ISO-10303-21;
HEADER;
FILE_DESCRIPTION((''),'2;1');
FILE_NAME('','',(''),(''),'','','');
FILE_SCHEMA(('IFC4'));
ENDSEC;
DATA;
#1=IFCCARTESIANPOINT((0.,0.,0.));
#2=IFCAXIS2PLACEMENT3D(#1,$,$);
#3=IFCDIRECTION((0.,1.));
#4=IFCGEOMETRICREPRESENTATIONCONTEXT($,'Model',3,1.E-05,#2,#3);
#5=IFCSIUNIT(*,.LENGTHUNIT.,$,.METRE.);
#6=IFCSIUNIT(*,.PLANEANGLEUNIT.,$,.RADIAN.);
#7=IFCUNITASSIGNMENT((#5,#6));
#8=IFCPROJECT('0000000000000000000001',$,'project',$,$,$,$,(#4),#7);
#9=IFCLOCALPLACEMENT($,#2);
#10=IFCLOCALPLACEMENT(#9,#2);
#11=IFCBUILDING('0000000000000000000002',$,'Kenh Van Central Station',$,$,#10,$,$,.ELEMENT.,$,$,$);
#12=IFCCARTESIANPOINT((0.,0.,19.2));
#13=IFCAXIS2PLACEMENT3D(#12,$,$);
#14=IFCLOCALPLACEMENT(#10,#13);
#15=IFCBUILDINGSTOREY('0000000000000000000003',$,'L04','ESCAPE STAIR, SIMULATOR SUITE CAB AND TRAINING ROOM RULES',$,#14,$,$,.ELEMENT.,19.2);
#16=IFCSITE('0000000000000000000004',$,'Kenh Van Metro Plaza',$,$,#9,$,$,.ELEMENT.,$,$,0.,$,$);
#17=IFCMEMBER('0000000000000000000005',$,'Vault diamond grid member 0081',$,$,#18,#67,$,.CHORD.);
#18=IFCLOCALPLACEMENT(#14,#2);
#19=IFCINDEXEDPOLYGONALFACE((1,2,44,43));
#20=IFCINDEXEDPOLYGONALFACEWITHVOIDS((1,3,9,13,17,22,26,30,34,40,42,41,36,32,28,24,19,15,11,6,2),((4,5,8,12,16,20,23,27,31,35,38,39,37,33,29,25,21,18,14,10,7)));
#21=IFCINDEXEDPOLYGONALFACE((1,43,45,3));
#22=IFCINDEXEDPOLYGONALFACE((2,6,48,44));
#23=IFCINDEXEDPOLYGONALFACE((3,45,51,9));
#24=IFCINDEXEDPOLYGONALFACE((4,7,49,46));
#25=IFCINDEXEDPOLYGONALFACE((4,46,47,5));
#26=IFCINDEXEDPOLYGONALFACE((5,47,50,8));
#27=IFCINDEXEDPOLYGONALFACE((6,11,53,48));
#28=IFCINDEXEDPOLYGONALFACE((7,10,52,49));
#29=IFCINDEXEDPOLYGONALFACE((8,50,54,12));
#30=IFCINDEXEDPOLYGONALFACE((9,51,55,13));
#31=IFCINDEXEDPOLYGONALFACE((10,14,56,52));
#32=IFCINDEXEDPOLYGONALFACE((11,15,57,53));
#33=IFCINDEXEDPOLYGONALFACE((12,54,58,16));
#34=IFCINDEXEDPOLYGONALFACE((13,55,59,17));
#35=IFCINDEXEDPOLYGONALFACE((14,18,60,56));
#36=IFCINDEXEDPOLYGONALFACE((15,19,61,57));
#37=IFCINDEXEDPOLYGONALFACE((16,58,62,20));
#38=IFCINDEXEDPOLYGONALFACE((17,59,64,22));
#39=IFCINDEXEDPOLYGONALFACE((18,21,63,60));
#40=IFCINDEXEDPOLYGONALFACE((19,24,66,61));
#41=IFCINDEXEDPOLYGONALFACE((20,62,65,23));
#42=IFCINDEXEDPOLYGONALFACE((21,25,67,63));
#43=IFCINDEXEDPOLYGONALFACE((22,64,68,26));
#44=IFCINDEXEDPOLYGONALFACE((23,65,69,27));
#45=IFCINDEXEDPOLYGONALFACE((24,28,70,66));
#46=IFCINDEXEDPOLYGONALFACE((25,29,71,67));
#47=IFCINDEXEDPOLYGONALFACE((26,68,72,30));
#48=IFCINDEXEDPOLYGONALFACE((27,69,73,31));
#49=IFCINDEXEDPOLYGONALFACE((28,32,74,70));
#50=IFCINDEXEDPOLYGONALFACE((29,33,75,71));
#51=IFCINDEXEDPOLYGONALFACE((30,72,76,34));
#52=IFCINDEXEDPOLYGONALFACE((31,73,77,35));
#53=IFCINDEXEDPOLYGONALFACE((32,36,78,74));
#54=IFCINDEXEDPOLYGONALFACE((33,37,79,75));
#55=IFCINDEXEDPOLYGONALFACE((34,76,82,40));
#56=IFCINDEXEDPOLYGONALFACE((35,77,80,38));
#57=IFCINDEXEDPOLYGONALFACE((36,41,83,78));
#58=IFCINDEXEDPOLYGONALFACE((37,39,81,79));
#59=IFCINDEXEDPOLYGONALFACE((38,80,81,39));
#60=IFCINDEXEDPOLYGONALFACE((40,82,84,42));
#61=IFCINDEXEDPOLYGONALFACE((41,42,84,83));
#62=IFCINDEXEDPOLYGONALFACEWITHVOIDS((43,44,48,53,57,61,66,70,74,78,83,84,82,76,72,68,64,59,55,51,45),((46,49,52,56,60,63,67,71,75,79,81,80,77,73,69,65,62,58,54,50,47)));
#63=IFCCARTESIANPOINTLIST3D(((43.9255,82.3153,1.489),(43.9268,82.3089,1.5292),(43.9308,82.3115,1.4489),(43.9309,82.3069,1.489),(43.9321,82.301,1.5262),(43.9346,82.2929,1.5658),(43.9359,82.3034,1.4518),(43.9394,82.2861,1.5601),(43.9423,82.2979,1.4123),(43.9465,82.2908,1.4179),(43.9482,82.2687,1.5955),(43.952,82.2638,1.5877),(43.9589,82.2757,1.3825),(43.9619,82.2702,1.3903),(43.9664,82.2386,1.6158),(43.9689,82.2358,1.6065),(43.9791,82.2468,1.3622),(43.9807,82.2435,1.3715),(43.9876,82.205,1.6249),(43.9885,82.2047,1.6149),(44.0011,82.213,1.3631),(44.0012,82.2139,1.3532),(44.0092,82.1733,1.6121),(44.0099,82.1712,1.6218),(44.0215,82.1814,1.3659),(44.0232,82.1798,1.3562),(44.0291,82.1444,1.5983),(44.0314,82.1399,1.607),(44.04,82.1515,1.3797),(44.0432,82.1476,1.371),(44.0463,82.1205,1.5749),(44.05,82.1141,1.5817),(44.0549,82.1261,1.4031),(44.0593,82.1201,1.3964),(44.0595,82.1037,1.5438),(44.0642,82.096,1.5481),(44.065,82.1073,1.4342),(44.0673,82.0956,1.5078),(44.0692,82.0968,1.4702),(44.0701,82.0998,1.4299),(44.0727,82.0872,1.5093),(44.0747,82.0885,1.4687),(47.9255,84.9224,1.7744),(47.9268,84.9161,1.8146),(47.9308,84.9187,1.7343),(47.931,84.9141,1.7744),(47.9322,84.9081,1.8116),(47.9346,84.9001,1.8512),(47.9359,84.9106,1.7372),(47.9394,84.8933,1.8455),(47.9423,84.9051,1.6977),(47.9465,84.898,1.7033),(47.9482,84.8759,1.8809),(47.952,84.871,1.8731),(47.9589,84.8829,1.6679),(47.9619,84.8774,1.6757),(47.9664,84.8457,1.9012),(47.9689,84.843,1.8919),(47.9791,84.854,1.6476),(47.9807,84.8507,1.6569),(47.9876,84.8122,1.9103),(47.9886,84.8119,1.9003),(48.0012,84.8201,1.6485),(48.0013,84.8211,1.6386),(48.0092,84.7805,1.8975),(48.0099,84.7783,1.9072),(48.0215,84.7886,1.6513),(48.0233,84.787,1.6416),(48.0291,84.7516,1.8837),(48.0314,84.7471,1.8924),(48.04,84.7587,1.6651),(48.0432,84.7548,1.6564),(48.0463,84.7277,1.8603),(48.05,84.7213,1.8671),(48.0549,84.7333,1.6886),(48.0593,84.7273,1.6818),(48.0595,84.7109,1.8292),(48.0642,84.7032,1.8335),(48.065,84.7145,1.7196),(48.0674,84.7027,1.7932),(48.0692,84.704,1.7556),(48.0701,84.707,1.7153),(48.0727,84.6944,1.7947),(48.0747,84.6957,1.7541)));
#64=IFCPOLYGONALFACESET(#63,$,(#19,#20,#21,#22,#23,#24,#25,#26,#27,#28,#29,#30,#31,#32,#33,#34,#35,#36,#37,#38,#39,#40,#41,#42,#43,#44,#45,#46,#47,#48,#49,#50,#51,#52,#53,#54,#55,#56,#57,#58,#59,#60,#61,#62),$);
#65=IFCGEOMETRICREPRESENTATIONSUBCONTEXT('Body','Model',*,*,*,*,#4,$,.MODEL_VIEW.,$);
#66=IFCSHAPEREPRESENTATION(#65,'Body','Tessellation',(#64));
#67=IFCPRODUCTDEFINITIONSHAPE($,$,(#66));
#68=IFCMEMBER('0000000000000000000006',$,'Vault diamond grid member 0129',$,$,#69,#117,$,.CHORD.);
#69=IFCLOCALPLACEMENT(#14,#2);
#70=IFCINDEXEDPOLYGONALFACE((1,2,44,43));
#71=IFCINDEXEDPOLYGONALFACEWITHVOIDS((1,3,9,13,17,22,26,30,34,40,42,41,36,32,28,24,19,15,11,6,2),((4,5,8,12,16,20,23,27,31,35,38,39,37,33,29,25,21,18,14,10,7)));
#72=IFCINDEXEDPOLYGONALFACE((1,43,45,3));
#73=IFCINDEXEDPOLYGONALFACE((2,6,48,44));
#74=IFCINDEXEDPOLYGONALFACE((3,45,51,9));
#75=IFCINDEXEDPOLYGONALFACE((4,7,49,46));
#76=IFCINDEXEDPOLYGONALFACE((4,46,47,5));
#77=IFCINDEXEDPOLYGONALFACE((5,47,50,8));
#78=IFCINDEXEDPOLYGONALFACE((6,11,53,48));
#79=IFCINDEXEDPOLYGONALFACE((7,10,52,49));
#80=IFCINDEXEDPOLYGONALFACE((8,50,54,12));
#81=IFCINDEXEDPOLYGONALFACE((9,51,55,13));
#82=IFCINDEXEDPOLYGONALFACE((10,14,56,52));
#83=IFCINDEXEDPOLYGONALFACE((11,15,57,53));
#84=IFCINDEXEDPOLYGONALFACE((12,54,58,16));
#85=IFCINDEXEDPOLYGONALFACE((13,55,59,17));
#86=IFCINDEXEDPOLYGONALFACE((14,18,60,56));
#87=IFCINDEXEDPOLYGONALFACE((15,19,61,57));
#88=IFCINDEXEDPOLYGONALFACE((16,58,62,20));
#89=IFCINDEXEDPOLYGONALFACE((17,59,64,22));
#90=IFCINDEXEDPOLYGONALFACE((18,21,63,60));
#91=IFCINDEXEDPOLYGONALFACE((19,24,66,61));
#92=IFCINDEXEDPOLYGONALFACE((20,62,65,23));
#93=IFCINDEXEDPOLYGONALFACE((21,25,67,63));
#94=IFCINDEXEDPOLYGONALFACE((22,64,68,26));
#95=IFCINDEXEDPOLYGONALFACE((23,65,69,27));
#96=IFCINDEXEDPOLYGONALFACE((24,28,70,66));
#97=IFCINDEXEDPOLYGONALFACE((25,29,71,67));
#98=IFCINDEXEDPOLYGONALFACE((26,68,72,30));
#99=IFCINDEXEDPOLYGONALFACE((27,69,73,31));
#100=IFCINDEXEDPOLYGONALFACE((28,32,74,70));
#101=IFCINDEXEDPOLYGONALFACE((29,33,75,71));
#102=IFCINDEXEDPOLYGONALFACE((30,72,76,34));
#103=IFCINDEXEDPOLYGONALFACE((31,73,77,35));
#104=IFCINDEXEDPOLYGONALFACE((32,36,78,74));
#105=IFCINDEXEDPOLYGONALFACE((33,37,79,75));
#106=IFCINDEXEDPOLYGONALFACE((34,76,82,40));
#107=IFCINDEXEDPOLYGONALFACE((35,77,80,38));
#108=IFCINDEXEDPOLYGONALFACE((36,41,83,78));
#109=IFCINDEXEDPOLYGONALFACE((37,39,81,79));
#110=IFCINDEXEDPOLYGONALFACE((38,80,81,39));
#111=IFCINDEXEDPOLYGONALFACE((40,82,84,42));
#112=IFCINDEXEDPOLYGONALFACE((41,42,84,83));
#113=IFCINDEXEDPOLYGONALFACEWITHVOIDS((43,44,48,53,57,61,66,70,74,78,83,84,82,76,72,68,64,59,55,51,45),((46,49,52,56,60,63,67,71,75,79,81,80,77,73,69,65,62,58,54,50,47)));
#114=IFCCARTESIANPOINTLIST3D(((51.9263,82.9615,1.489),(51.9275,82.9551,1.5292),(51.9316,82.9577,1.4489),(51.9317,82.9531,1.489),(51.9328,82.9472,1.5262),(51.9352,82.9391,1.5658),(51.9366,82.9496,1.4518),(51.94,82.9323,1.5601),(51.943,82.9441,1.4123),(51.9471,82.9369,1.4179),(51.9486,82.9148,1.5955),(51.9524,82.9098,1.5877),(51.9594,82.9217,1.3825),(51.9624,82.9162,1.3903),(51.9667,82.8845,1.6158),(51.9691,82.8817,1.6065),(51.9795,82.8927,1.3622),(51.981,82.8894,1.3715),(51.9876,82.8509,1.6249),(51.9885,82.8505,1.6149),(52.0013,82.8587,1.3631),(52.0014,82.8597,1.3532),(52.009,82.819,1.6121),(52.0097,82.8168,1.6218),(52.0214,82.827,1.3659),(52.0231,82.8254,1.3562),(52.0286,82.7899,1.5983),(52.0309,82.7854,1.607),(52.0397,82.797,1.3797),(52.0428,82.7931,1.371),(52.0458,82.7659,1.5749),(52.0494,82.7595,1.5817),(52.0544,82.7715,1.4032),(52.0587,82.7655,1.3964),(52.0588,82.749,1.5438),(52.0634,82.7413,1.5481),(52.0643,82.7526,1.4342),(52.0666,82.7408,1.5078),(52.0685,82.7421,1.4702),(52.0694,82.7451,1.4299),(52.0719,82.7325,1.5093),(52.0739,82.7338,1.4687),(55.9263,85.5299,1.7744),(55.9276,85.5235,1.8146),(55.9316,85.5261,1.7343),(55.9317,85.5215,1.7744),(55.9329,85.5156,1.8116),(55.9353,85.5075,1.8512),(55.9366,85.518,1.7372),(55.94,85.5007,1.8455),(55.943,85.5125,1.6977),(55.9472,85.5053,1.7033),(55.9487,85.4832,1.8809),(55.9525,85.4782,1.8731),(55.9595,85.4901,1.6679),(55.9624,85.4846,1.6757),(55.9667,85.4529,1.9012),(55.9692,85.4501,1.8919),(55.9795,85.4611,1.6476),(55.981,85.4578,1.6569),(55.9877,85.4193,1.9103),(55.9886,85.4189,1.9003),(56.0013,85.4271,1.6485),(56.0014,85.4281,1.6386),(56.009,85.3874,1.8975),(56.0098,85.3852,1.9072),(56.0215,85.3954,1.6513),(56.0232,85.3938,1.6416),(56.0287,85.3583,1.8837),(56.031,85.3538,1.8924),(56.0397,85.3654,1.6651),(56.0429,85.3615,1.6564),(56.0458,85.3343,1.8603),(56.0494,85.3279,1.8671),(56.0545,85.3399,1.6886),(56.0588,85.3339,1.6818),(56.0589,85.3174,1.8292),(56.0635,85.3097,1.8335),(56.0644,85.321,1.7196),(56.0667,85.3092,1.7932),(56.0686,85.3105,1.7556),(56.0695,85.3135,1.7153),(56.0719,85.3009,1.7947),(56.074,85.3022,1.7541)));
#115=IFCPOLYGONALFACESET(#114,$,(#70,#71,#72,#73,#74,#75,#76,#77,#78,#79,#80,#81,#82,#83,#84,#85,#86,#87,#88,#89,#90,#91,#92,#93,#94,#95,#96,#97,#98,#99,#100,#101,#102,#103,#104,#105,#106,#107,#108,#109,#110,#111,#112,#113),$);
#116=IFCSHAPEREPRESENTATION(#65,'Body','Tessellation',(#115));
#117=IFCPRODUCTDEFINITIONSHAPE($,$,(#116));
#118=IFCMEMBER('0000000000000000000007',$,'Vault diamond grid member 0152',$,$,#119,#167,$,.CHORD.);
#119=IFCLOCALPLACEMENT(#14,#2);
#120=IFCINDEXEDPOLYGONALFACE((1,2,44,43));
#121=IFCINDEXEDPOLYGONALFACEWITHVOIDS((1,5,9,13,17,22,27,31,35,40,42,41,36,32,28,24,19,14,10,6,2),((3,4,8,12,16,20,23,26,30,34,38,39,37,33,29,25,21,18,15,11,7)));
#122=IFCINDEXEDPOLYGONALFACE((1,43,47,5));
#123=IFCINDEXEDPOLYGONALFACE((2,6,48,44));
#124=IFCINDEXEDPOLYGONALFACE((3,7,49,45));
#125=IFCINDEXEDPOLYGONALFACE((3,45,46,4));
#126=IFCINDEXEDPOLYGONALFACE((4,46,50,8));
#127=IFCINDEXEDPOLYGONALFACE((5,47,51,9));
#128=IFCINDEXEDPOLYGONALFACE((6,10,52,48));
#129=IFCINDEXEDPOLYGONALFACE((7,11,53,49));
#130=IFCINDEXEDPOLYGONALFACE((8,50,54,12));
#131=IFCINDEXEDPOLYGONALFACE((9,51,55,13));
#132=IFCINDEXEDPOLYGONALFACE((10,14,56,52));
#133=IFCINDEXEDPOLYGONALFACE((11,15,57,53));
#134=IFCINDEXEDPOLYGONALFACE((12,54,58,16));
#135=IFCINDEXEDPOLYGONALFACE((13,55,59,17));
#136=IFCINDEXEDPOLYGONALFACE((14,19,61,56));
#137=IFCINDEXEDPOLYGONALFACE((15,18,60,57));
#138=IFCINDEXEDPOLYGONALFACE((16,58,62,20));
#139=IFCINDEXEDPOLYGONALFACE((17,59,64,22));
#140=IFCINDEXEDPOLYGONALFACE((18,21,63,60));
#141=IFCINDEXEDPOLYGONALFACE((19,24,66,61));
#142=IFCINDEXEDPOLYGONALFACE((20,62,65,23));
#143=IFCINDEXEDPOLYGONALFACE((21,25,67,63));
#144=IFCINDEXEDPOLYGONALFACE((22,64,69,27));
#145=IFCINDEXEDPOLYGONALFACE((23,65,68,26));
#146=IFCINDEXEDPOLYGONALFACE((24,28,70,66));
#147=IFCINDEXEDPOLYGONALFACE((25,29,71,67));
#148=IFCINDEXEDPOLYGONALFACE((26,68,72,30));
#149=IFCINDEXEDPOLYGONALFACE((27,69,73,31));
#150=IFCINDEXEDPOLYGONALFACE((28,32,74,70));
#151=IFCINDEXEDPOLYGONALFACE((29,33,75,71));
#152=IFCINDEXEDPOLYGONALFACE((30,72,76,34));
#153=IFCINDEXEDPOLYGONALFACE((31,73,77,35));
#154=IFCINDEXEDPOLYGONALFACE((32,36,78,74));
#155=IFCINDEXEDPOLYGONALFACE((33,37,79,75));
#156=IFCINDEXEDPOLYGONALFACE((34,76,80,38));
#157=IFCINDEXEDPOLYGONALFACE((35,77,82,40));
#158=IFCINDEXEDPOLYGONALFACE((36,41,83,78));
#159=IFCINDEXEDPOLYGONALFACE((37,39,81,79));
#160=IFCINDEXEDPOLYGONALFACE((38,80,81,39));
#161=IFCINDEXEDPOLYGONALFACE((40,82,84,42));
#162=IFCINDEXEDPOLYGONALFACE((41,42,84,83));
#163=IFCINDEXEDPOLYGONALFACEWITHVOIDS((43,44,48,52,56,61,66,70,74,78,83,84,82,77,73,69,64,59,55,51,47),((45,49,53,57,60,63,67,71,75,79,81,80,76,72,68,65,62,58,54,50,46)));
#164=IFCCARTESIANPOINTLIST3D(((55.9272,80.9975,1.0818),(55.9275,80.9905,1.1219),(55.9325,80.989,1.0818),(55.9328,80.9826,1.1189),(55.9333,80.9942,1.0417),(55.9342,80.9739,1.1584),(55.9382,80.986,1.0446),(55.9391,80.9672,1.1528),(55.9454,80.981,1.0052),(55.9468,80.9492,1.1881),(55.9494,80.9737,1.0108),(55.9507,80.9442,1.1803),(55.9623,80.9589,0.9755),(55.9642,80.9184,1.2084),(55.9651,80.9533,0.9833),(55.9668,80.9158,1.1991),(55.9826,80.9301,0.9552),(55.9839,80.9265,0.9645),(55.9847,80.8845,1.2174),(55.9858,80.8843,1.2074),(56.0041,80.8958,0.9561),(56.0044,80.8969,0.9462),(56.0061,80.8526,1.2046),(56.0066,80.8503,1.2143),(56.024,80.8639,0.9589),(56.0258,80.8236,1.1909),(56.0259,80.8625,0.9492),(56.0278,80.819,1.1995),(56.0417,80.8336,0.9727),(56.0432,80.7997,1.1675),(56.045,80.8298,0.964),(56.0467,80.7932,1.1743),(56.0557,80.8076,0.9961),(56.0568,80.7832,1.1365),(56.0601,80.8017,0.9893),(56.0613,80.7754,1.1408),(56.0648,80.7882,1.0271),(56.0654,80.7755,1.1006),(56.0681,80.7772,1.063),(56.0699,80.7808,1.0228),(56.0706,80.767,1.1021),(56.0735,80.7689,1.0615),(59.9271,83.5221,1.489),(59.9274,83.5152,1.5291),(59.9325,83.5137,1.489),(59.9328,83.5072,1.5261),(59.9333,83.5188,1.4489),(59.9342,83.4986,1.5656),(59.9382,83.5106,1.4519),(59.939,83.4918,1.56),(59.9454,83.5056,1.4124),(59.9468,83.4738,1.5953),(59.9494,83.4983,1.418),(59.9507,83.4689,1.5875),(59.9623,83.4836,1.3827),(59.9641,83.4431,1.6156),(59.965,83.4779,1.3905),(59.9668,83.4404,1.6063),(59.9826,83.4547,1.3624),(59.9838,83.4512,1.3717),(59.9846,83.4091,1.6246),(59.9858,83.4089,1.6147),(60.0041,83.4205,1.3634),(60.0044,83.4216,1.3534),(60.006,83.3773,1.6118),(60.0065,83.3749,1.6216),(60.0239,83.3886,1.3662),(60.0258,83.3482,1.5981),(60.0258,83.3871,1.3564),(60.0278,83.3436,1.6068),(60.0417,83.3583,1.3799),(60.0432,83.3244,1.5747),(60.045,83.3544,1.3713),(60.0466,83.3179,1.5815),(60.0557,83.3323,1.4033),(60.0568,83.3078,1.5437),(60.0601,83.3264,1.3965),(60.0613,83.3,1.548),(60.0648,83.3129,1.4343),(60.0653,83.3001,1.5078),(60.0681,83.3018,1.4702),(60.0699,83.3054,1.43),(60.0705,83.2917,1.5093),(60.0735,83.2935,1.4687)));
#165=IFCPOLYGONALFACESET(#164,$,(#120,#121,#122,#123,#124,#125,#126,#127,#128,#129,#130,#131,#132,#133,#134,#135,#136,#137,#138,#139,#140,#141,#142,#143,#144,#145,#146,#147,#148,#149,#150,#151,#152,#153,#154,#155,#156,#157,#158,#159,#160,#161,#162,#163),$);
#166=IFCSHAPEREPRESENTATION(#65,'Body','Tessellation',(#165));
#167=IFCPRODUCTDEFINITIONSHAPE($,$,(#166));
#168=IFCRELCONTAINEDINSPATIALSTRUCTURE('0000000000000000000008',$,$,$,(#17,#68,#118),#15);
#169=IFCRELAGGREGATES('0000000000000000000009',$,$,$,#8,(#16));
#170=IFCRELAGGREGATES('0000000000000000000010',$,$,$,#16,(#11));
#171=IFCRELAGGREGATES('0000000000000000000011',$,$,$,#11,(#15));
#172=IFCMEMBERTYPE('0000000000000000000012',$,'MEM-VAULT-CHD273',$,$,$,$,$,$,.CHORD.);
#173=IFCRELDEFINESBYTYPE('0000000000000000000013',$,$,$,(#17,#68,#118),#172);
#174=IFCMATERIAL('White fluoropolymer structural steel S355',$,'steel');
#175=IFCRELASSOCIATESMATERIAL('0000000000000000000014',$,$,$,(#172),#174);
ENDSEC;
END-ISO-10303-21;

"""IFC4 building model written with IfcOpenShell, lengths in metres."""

from ifc_helpers import new_model, si_unit, direction, frame, origin, origin_2d, place, context, subcontext, project, spatial, hollow_circle, extrude, material, material_profile, profile_set, type_object, element, save


model = new_model("IFC4")

# Units and contexts
model_context = context("Model", 3, precision=1e-05, world=origin(), true_north=direction((0.0, 1.0)))
body_context = subcontext(model_context, "Body", "Model", "MODEL_VIEW")
ifc_project = project(units=[si_unit("LENGTHUNIT", "METRE"), si_unit("PLANEANGLEUNIT", "RADIAN")], contexts=[model_context])

# Site, building, storey
site_placement = place(None, origin())
site = spatial("IfcSite", under=ifc_project, at=site_placement, Name="Kenh Van Metro Plaza", CompositionType="ELEMENT", RefElevation=0.0)
building_placement = place(site_placement, origin())
building = spatial("IfcBuilding", under=site, at=building_placement, Name="Kenh Van Central Station", CompositionType="ELEMENT")
storey_placement = place(building_placement, frame((0.0, 0.0, 19.2)))
storey = spatial("IfcBuildingStorey", under=building, at=storey_placement, Name="L04", Description="ESCAPE STAIR, SIMULATOR SUITE CAB AND TRAINING ROOM RULES", CompositionType="ELEMENT", Elevation=19.2)

# Shared definitions
ifc_material_1 = material(Name="White fluoropolymer structural steel S355", Category="steel")

# Members
ifc_material_profile_1 = material_profile(ifc_material_1, hollow_circle(Radius=0.1365, WallThickness=0.01, at=origin_2d()), Name="CHS 273x10")
ifc_profile_set_1 = profile_set([ifc_material_profile_1], Name="White fluoropolymer structural steel S355")
member_type_1 = type_object("IfcMemberType", Name="MEM-VAULT-CHD273", PredefinedType="CHORD", material=ifc_profile_set_1)
member_1_placement = place(storey_placement, frame((44.0, 82.2009, 1.489), z_axis=(0.836263, 0.545072, 0.059667), x_axis=(-0.546045, 0.837756, 0.0)))
element("IfcMember", 1, at=member_1_placement, inside=storey, type_object=member_type_1, Name="Vault diamond grid member 0081", PredefinedType="CHORD", context=body_context, shape_type="SweptSolid", body=[
    extrude(hollow_circle(Radius=0.1365, WallThickness=0.01, at=origin_2d()), origin(), (0.0, 0.0, 1.0), 4.7832),
])
member_2_placement = place(storey_placement, frame((52.0, 82.8467, 1.489), z_axis=(0.83996, 0.539329, 0.059931), x_axis=(-0.540301, 0.841472, 0.0)))
element("IfcMember", 2, at=member_2_placement, inside=storey, type_object=member_type_1, Name="Vault diamond grid member 0129", PredefinedType="CHORD", context=body_context, shape_type="SweptSolid", body=[
    extrude(hollow_circle(Radius=0.1365, WallThickness=0.01, at=origin_2d()), origin(), (0.0, 0.0, 1.0), 4.7622),
])
member_3_placement = place(storey_placement, frame((56.0, 80.8821, 1.0818), z_axis=(0.84253, 0.531775, 0.085775), x_axis=(-0.533742, 0.845647, 0.0)))
element("IfcMember", 3, at=member_3_placement, inside=storey, type_object=member_type_1, Name="Vault diamond grid member 0152", PredefinedType="CHORD", context=body_context, shape_type="SweptSolid", body=[
    extrude(hollow_circle(Radius=0.1365, WallThickness=0.01, at=origin_2d()), origin(), (0.0, 0.0, 1.0), 4.7476),
])

save(model, "model.ifc")
